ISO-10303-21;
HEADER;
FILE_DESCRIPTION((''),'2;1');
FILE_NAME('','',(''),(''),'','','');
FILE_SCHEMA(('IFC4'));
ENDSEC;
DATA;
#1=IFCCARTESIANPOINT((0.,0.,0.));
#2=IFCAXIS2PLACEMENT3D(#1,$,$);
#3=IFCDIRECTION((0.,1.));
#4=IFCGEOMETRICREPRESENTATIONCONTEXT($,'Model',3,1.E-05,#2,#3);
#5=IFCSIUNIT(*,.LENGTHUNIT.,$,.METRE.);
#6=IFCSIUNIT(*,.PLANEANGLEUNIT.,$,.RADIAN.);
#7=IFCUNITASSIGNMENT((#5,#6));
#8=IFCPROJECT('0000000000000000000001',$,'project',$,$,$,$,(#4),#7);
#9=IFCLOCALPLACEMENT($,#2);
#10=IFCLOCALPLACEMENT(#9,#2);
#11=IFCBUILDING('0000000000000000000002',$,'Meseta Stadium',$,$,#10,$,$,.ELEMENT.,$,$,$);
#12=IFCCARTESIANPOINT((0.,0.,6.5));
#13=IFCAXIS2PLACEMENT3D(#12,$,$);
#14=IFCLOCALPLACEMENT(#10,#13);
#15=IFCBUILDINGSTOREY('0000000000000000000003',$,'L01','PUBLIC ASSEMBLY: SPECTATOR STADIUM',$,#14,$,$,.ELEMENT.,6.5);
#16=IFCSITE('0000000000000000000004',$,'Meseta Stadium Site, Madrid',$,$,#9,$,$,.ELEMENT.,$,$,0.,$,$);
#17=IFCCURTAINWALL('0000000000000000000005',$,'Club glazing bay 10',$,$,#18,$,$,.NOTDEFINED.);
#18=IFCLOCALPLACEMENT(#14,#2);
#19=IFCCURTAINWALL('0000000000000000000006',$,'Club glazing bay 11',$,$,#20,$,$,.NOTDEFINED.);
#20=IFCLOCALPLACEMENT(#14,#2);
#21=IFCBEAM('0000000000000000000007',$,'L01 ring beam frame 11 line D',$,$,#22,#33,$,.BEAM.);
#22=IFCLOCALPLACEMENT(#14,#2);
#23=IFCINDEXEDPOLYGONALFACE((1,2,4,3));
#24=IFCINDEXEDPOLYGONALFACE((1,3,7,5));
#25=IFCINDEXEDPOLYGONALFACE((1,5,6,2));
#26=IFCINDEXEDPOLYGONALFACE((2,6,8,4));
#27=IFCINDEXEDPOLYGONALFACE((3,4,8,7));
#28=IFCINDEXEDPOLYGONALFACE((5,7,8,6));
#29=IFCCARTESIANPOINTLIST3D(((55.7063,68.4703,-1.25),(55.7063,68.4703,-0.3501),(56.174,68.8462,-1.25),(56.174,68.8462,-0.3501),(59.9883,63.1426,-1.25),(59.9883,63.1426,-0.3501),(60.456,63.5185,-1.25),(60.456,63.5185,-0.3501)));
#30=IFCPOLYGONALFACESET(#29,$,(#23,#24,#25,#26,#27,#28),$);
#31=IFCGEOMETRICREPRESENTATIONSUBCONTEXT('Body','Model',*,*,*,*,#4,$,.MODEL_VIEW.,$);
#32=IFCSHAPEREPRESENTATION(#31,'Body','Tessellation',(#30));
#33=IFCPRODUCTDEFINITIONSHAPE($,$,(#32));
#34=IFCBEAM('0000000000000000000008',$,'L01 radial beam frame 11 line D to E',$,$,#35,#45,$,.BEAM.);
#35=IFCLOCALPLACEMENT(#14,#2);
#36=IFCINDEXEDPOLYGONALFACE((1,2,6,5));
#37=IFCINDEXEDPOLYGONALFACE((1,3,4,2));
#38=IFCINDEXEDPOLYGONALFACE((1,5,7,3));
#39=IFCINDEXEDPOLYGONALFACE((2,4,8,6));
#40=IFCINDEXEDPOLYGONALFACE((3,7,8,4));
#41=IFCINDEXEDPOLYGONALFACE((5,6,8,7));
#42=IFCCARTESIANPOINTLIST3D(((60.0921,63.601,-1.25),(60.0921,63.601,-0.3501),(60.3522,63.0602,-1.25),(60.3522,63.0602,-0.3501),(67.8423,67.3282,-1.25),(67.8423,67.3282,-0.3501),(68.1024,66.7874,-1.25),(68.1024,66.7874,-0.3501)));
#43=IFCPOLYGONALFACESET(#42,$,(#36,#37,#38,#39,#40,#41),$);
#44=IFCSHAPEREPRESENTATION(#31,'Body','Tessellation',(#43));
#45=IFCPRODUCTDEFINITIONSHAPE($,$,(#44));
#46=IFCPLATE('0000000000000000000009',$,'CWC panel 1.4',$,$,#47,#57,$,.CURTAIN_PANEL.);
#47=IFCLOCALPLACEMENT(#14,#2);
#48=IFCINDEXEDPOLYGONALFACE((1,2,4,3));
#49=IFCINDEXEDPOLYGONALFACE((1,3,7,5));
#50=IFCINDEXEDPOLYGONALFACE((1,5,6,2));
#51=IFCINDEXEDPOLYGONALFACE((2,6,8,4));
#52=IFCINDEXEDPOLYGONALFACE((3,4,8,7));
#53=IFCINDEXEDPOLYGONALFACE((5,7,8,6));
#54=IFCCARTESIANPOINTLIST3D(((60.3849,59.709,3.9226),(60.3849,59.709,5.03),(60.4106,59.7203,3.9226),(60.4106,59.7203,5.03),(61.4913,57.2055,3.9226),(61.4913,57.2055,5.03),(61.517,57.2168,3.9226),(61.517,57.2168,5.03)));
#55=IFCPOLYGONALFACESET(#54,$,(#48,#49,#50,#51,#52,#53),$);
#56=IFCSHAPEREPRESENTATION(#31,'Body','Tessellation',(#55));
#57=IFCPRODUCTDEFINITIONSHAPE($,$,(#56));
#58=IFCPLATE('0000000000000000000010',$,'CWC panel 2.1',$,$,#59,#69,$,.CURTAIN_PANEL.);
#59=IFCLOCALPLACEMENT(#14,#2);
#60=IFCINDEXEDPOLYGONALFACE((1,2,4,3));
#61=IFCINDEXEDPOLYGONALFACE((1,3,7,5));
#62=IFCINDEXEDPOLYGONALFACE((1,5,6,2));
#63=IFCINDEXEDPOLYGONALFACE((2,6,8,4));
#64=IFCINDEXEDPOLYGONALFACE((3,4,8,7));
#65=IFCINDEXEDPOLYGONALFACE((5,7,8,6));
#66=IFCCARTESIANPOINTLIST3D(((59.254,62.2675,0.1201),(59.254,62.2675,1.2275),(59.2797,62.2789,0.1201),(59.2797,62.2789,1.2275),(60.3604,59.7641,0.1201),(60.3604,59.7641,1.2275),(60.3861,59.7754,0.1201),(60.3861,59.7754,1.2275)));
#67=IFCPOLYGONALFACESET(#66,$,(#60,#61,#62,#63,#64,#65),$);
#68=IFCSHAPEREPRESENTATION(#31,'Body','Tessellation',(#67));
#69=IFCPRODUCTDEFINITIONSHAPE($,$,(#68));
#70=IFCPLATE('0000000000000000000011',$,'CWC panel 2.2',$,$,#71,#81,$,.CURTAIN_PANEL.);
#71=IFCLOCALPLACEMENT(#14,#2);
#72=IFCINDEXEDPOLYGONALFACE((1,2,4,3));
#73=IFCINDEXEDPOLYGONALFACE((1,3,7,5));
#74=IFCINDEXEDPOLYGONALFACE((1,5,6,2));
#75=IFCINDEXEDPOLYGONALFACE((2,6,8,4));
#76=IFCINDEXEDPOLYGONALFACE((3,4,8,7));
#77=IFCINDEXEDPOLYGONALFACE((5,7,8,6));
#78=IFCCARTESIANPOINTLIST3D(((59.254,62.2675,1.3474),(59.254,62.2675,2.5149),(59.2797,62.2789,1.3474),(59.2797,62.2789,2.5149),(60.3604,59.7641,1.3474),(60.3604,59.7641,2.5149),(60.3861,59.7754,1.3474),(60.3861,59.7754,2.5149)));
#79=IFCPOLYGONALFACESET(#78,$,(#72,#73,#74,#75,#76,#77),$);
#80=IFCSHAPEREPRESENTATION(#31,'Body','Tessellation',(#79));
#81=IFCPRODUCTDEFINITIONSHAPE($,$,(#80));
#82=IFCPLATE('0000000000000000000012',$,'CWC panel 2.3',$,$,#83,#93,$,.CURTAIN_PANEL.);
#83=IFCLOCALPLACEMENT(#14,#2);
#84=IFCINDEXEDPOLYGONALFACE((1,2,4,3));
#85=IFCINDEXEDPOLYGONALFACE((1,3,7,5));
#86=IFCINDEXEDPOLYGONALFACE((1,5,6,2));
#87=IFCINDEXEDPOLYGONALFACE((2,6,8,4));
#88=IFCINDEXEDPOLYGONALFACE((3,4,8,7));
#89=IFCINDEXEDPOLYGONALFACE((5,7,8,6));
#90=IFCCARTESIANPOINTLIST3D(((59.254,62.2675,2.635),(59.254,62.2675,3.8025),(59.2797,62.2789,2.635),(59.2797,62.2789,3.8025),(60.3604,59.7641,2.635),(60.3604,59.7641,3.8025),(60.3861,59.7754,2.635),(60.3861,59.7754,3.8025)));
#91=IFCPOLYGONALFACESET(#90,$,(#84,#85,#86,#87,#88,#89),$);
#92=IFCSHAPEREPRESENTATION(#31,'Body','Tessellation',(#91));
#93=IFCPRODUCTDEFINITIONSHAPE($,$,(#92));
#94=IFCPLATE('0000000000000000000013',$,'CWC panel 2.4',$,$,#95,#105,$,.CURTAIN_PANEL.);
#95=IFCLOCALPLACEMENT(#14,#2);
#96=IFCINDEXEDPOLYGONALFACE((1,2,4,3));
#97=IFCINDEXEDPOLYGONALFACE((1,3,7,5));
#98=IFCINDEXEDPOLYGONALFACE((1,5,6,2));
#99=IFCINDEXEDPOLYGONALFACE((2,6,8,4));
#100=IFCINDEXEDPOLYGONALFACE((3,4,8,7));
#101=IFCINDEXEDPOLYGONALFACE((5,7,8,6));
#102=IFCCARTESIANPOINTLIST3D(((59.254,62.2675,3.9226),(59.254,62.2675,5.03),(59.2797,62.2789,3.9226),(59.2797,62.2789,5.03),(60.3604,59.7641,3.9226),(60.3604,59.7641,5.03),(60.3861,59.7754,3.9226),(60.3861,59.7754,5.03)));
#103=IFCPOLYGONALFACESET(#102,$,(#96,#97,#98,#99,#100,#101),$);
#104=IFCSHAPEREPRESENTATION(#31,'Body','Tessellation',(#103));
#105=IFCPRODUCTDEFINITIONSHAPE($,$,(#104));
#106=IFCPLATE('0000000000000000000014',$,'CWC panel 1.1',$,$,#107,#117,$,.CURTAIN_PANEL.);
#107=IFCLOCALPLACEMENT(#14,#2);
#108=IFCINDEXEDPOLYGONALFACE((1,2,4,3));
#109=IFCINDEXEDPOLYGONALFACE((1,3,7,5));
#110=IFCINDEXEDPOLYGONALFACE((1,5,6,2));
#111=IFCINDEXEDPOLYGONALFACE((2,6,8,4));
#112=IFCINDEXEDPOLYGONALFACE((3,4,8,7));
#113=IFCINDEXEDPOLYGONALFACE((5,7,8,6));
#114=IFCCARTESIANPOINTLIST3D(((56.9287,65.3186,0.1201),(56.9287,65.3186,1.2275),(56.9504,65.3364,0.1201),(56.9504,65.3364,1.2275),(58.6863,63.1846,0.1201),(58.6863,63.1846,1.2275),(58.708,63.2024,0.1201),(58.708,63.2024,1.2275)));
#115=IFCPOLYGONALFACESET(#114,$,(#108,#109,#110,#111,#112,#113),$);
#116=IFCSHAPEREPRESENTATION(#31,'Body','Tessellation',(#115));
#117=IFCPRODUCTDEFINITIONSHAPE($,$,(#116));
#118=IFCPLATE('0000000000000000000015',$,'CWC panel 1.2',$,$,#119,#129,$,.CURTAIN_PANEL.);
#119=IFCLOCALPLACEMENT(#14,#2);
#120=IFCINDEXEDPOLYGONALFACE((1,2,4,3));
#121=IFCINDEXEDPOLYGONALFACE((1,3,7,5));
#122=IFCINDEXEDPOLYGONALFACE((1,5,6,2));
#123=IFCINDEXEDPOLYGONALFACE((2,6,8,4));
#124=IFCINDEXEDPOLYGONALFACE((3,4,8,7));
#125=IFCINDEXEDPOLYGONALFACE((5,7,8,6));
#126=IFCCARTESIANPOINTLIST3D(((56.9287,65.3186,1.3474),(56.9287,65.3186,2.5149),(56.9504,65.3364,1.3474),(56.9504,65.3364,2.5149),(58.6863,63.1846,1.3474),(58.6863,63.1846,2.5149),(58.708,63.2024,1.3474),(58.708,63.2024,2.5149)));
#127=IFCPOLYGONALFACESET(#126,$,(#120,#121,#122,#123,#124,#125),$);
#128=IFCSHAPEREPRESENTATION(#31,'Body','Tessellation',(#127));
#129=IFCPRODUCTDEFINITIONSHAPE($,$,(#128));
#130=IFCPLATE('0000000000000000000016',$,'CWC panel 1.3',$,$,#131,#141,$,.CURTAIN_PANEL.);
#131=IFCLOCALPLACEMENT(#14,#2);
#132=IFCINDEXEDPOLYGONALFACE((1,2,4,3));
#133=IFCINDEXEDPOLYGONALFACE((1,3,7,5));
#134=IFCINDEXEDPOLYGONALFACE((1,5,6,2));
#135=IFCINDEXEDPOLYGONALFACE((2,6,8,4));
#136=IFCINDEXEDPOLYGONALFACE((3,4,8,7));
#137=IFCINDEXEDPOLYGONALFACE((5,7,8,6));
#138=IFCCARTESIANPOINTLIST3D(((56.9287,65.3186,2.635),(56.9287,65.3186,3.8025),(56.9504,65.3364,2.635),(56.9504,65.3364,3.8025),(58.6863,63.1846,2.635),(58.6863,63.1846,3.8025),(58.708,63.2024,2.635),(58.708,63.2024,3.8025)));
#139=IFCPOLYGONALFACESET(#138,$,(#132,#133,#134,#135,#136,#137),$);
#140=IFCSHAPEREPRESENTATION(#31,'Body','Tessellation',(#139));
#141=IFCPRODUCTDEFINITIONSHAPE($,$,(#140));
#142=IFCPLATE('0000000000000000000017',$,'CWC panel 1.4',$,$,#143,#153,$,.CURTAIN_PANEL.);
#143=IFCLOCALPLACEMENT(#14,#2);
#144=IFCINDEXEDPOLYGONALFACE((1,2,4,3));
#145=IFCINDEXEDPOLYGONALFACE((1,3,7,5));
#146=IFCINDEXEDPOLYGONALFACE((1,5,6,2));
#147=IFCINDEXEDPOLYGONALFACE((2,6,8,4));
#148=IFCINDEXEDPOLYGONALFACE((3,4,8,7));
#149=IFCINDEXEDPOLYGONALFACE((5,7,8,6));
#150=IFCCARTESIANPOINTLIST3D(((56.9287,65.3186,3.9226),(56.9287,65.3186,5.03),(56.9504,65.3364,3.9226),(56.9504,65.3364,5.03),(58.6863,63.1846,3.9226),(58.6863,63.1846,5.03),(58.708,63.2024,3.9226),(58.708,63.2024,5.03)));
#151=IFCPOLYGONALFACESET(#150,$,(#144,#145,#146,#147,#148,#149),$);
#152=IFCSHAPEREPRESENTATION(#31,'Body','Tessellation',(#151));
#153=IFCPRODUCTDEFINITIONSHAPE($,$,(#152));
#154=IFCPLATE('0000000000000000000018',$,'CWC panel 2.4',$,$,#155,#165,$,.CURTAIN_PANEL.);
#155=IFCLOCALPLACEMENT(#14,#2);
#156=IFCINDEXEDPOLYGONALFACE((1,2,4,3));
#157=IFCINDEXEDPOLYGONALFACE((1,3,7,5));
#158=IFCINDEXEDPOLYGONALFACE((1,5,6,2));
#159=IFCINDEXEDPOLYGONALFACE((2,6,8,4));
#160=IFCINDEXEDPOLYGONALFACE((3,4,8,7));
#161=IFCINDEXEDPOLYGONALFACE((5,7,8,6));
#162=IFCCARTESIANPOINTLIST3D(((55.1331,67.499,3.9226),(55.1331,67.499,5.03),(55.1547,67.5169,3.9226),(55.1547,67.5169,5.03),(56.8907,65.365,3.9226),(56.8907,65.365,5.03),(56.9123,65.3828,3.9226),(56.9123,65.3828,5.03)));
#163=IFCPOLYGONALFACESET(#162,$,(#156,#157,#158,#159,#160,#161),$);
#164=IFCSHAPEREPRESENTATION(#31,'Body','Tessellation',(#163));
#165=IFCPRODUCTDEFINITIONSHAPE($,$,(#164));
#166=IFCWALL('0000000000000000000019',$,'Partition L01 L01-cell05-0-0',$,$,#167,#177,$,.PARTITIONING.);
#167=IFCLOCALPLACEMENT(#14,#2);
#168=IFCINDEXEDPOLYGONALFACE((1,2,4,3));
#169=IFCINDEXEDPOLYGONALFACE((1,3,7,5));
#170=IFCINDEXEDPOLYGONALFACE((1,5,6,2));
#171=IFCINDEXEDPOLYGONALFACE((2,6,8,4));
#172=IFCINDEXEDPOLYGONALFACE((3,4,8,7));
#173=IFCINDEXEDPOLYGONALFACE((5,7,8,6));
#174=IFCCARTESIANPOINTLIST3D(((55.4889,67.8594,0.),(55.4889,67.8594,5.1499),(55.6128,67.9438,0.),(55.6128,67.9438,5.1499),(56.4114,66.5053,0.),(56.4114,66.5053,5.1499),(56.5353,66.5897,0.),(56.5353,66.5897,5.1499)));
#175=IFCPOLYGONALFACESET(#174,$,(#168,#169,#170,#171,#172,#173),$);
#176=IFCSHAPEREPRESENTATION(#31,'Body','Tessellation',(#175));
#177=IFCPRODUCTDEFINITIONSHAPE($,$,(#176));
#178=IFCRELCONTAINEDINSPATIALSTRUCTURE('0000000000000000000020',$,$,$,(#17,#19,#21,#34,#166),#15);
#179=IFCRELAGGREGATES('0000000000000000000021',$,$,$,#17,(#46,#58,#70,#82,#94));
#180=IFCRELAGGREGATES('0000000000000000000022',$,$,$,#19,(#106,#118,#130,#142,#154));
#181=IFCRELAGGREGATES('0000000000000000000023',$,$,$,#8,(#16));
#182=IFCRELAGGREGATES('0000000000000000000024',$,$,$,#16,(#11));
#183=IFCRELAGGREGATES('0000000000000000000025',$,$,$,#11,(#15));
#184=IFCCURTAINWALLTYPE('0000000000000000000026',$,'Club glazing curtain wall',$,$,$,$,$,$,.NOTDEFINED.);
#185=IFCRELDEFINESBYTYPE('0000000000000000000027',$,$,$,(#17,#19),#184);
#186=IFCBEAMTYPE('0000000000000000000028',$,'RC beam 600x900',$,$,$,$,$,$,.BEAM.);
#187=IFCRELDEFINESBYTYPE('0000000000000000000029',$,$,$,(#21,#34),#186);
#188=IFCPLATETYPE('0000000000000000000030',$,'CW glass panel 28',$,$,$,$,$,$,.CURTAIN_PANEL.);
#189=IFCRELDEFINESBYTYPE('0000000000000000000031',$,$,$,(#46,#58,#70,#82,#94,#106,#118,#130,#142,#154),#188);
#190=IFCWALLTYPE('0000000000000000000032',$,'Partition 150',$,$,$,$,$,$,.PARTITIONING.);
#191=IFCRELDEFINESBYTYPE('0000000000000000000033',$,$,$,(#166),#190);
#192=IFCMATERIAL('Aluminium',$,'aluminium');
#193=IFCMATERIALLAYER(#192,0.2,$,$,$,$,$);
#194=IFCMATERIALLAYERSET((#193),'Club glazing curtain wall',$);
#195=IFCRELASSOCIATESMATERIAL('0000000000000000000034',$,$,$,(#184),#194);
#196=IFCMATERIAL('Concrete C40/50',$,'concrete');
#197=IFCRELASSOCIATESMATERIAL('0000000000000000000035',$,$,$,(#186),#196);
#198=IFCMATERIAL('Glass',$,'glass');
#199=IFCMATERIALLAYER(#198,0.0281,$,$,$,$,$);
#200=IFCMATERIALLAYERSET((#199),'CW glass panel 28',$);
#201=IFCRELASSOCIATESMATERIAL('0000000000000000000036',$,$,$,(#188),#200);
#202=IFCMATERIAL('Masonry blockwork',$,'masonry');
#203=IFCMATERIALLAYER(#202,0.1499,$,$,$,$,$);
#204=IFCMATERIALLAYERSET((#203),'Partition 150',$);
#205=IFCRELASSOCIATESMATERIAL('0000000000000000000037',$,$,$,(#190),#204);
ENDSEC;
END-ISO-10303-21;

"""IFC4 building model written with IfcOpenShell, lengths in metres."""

from ifc_helpers import new_model, si_unit, direction, frame, frame_2d, origin, origin_2d, place, context, subcontext, project, spatial, rectangle, extrude, material, layer, layer_set, material_profile, profile_set, type_object, element, aggregate, save


model = new_model("IFC4")

# Units and contexts
model_context = context("Model", 3, precision=1e-05, world=origin(), true_north=direction((0.0, 1.0)))
body_context = subcontext(model_context, "Body", "Model", "MODEL_VIEW")
ifc_project = project(units=[si_unit("LENGTHUNIT", "METRE"), si_unit("PLANEANGLEUNIT", "RADIAN")], contexts=[model_context])

# Site, building, storey
site_placement = place(None, origin())
site = spatial("IfcSite", under=ifc_project, at=site_placement, Name="Meseta Stadium Site, Madrid", CompositionType="ELEMENT", RefElevation=0.0)
building_placement = place(site_placement, origin())
building = spatial("IfcBuilding", under=site, at=building_placement, Name="Meseta Stadium", CompositionType="ELEMENT")
storey_placement = place(building_placement, frame((0.0, 0.0, 6.5)))
storey = spatial("IfcBuildingStorey", under=building, at=storey_placement, Name="L01", Description="PUBLIC ASSEMBLY: SPECTATOR STADIUM", CompositionType="ELEMENT", Elevation=6.5)

# Curtain walls
ifc_material_1 = material(Name="Aluminium", Category="aluminium")
ifc_layer_1 = layer(ifc_material_1, 0.2)
ifc_layer_set_1 = layer_set([ifc_layer_1], Name="Club glazing curtain wall")
curtain_wall_type = type_object("IfcCurtainWallType", Name="Club glazing curtain wall", PredefinedType="NOTDEFINED", material=ifc_layer_set_1)
curtain_wall_1_placement = place(storey_placement, origin())
curtain_wall_1 = element("IfcCurtainWall", 1, at=curtain_wall_1_placement, inside=storey, type_object=curtain_wall_type, Name="Club glazing bay 10", PredefinedType="NOTDEFINED")
curtain_wall_2_placement = place(storey_placement, origin())
curtain_wall_2 = element("IfcCurtainWall", 2, at=curtain_wall_2_placement, inside=storey, type_object=curtain_wall_type, Name="Club glazing bay 11", PredefinedType="NOTDEFINED")

# Beams
ifc_material_2 = material(Name="Concrete C40/50", Category="concrete")
ifc_material_profile_1 = material_profile(ifc_material_2, rectangle(XDim=0.6001, YDim=0.8999, at=origin_2d()), Name="RC 600x900")
ifc_profile_set_1 = profile_set([ifc_material_profile_1], Name="Concrete C40/50")
beam_type_1 = type_object("IfcBeamType", Name="RC beam 600x900", PredefinedType="BEAM", material=ifc_profile_set_1)
beam_1_placement = place(storey_placement, frame((60.2222, 63.3306, -0.8), z_axis=(-0.626466, 0.779449, 0.0), x_axis=(-0.779449, -0.626466, 0.0)))
element("IfcBeam", 3, at=beam_1_placement, inside=storey, type_object=beam_type_1, Name="L01 ring beam frame 11 line D", PredefinedType="BEAM", context=body_context, shape_type="SweptSolid", body=[
    extrude(rectangle(XDim=0.6001, YDim=0.8999, at=origin_2d()), origin(), (0.0, 0.0, 1.0), 6.8352),
])
beam_2_placement = place(storey_placement, frame((60.2222, 63.3306, -0.8), z_axis=(0.901197, 0.433409, 0.0), x_axis=(-0.433409, 0.901197, 0.0)))
element("IfcBeam", 4, at=beam_2_placement, inside=storey, type_object=beam_type_1, Name="L01 radial beam frame 11 line D to E", PredefinedType="BEAM", context=body_context, shape_type="SweptSolid", body=[
    extrude(rectangle(XDim=0.6001, YDim=0.8999, at=origin_2d()), origin(), (0.0, 0.0, 1.0), 8.5999),
])

# Plates
ifc_material_3 = material(Name="Glass", Category="glass")
ifc_layer_2 = layer(ifc_material_3, 0.0281)
ifc_layer_set_2 = layer_set([ifc_layer_2], Name="CW glass panel 28")
plate_type = type_object("IfcPlateType", Name="CW glass panel 28", PredefinedType="CURTAIN_PANEL", material=ifc_layer_set_2)
plate_1_placement = place(storey_placement, frame((60.9509, 58.4629, 3.9226), z_axis=(0.0, 0.0, 1.0), x_axis=(-0.40423, 0.914657, 0.0)))
plate_1 = element("IfcPlate", 5, at=plate_1_placement, type_object=plate_type, Name="CWC panel 1.4", PredefinedType="CURTAIN_PANEL", context=body_context, shape_type="SweptSolid", body=[
    extrude(rectangle(XDim=2.7371, YDim=0.0281, at=origin_2d()), origin(), (0.0, 0.0, 1.0), 1.1074),
])
plate_2_placement = place(storey_placement, frame((59.8201, 61.0215, 0.1201), z_axis=(0.0, 0.0, 1.0), x_axis=(-0.40423, 0.914657, 0.0)))
plate_2 = element("IfcPlate", 6, at=plate_2_placement, type_object=plate_type, Name="CWC panel 2.1", PredefinedType="CURTAIN_PANEL", context=body_context, shape_type="SweptSolid", body=[
    extrude(rectangle(XDim=2.7371, YDim=0.0281, at=origin_2d()), origin(), (0.0, 0.0, 1.0), 1.1074),
])
plate_3_placement = place(storey_placement, frame((59.8201, 61.0215, 1.3474), z_axis=(0.0, 0.0, 1.0), x_axis=(-0.40423, 0.914657, 0.0)))
plate_3 = element("IfcPlate", 7, at=plate_3_placement, type_object=plate_type, Name="CWC panel 2.2", PredefinedType="CURTAIN_PANEL", context=body_context, shape_type="SweptSolid", body=[
    extrude(rectangle(XDim=2.7371, YDim=0.0281, at=origin_2d()), origin(), (0.0, 0.0, 1.0), 1.1675),
])
plate_4_placement = place(storey_placement, frame((59.8201, 61.0215, 2.635), z_axis=(0.0, 0.0, 1.0), x_axis=(-0.40423, 0.914657, 0.0)))
plate_4 = element("IfcPlate", 8, at=plate_4_placement, type_object=plate_type, Name="CWC panel 2.3", PredefinedType="CURTAIN_PANEL", context=body_context, shape_type="SweptSolid", body=[
    extrude(rectangle(XDim=2.7371, YDim=0.0281, at=origin_2d()), origin(), (0.0, 0.0, 1.0), 1.1675),
])
plate_5_placement = place(storey_placement, frame((59.8201, 61.0215, 3.9226), z_axis=(0.0, 0.0, 1.0), x_axis=(-0.40423, 0.914657, 0.0)))
plate_5 = element("IfcPlate", 9, at=plate_5_placement, type_object=plate_type, Name="CWC panel 2.4", PredefinedType="CURTAIN_PANEL", context=body_context, shape_type="SweptSolid", body=[
    extrude(rectangle(XDim=2.7371, YDim=0.0281, at=origin_2d()), origin(), (0.0, 0.0, 1.0), 1.1074),
])
aggregate(curtain_wall_1, [plate_1, plate_2, plate_3, plate_4, plate_5])
plate_6_placement = place(storey_placement, frame((57.8184, 64.2605, 0.1201), z_axis=(0.0, 0.0, 1.0), x_axis=(-0.635741, 0.771902, 0.0)))
plate_6 = element("IfcPlate", 10, at=plate_6_placement, type_object=plate_type, Name="CWC panel 1.1", PredefinedType="CURTAIN_PANEL", context=body_context, shape_type="SweptSolid", body=[
    extrude(rectangle(XDim=2.7646, YDim=0.0281, at=origin_2d()), origin(), (0.0, 0.0, 1.0), 1.1074),
])
plate_7_placement = place(storey_placement, frame((57.8184, 64.2605, 1.3474), z_axis=(0.0, 0.0, 1.0), x_axis=(-0.635741, 0.771902, 0.0)))
plate_7 = element("IfcPlate", 11, at=plate_7_placement, type_object=plate_type, Name="CWC panel 1.2", PredefinedType="CURTAIN_PANEL", context=body_context, shape_type="SweptSolid", body=[
    extrude(rectangle(XDim=2.7646, YDim=0.0281, at=origin_2d()), origin(), (0.0, 0.0, 1.0), 1.1675),
])
plate_8_placement = place(storey_placement, frame((57.8184, 64.2605, 2.635), z_axis=(0.0, 0.0, 1.0), x_axis=(-0.635741, 0.771902, 0.0)))
plate_8 = element("IfcPlate", 12, at=plate_8_placement, type_object=plate_type, Name="CWC panel 1.3", PredefinedType="CURTAIN_PANEL", context=body_context, shape_type="SweptSolid", body=[
    extrude(rectangle(XDim=2.7646, YDim=0.0281, at=origin_2d()), origin(), (0.0, 0.0, 1.0), 1.1675),
])
plate_9_placement = place(storey_placement, frame((57.8184, 64.2605, 3.9226), z_axis=(0.0, 0.0, 1.0), x_axis=(-0.635741, 0.771902, 0.0)))
plate_9 = element("IfcPlate", 13, at=plate_9_placement, type_object=plate_type, Name="CWC panel 1.4", PredefinedType="CURTAIN_PANEL", context=body_context, shape_type="SweptSolid", body=[
    extrude(rectangle(XDim=2.7646, YDim=0.0281, at=origin_2d()), origin(), (0.0, 0.0, 1.0), 1.1074),
])
plate_10_placement = place(storey_placement, frame((56.0227, 66.4409, 3.9226), z_axis=(0.0, 0.0, 1.0), x_axis=(-0.635741, 0.771902, 0.0)))
plate_10 = element("IfcPlate", 14, at=plate_10_placement, type_object=plate_type, Name="CWC panel 2.4", PredefinedType="CURTAIN_PANEL", context=body_context, shape_type="SweptSolid", body=[
    extrude(rectangle(XDim=2.7646, YDim=0.0281, at=origin_2d()), origin(), (0.0, 0.0, 1.0), 1.1074),
])
aggregate(curtain_wall_2, [plate_6, plate_7, plate_8, plate_9, plate_10])

# Wall
ifc_material_4 = material(Name="Masonry blockwork", Category="masonry")
ifc_layer_3 = layer(ifc_material_4, 0.1499)
ifc_layer_set_3 = layer_set([ifc_layer_3], Name="Partition 150")
wall_type = type_object("IfcWallType", Name="Partition 150", PredefinedType="PARTITIONING", material=ifc_layer_set_3)
wall_placement = place(storey_placement, frame((56.4734, 66.5474, 0.0), z_axis=(0.0, 0.0, 1.0), x_axis=(-0.562995, 0.826461, 0.0)))
element("IfcWall", 15, at=wall_placement, inside=storey, type_object=wall_type, Name="Partition L01 L01-cell05-0-0", PredefinedType="PARTITIONING", context=body_context, shape_type="SweptSolid", body=[
    extrude(rectangle(XDim=1.6384, YDim=0.1499, at=frame_2d((0.8193, 0.0))), origin(), (0.0, 0.0, 1.0), 5.1499),
])

save(model, "model.ifc")
